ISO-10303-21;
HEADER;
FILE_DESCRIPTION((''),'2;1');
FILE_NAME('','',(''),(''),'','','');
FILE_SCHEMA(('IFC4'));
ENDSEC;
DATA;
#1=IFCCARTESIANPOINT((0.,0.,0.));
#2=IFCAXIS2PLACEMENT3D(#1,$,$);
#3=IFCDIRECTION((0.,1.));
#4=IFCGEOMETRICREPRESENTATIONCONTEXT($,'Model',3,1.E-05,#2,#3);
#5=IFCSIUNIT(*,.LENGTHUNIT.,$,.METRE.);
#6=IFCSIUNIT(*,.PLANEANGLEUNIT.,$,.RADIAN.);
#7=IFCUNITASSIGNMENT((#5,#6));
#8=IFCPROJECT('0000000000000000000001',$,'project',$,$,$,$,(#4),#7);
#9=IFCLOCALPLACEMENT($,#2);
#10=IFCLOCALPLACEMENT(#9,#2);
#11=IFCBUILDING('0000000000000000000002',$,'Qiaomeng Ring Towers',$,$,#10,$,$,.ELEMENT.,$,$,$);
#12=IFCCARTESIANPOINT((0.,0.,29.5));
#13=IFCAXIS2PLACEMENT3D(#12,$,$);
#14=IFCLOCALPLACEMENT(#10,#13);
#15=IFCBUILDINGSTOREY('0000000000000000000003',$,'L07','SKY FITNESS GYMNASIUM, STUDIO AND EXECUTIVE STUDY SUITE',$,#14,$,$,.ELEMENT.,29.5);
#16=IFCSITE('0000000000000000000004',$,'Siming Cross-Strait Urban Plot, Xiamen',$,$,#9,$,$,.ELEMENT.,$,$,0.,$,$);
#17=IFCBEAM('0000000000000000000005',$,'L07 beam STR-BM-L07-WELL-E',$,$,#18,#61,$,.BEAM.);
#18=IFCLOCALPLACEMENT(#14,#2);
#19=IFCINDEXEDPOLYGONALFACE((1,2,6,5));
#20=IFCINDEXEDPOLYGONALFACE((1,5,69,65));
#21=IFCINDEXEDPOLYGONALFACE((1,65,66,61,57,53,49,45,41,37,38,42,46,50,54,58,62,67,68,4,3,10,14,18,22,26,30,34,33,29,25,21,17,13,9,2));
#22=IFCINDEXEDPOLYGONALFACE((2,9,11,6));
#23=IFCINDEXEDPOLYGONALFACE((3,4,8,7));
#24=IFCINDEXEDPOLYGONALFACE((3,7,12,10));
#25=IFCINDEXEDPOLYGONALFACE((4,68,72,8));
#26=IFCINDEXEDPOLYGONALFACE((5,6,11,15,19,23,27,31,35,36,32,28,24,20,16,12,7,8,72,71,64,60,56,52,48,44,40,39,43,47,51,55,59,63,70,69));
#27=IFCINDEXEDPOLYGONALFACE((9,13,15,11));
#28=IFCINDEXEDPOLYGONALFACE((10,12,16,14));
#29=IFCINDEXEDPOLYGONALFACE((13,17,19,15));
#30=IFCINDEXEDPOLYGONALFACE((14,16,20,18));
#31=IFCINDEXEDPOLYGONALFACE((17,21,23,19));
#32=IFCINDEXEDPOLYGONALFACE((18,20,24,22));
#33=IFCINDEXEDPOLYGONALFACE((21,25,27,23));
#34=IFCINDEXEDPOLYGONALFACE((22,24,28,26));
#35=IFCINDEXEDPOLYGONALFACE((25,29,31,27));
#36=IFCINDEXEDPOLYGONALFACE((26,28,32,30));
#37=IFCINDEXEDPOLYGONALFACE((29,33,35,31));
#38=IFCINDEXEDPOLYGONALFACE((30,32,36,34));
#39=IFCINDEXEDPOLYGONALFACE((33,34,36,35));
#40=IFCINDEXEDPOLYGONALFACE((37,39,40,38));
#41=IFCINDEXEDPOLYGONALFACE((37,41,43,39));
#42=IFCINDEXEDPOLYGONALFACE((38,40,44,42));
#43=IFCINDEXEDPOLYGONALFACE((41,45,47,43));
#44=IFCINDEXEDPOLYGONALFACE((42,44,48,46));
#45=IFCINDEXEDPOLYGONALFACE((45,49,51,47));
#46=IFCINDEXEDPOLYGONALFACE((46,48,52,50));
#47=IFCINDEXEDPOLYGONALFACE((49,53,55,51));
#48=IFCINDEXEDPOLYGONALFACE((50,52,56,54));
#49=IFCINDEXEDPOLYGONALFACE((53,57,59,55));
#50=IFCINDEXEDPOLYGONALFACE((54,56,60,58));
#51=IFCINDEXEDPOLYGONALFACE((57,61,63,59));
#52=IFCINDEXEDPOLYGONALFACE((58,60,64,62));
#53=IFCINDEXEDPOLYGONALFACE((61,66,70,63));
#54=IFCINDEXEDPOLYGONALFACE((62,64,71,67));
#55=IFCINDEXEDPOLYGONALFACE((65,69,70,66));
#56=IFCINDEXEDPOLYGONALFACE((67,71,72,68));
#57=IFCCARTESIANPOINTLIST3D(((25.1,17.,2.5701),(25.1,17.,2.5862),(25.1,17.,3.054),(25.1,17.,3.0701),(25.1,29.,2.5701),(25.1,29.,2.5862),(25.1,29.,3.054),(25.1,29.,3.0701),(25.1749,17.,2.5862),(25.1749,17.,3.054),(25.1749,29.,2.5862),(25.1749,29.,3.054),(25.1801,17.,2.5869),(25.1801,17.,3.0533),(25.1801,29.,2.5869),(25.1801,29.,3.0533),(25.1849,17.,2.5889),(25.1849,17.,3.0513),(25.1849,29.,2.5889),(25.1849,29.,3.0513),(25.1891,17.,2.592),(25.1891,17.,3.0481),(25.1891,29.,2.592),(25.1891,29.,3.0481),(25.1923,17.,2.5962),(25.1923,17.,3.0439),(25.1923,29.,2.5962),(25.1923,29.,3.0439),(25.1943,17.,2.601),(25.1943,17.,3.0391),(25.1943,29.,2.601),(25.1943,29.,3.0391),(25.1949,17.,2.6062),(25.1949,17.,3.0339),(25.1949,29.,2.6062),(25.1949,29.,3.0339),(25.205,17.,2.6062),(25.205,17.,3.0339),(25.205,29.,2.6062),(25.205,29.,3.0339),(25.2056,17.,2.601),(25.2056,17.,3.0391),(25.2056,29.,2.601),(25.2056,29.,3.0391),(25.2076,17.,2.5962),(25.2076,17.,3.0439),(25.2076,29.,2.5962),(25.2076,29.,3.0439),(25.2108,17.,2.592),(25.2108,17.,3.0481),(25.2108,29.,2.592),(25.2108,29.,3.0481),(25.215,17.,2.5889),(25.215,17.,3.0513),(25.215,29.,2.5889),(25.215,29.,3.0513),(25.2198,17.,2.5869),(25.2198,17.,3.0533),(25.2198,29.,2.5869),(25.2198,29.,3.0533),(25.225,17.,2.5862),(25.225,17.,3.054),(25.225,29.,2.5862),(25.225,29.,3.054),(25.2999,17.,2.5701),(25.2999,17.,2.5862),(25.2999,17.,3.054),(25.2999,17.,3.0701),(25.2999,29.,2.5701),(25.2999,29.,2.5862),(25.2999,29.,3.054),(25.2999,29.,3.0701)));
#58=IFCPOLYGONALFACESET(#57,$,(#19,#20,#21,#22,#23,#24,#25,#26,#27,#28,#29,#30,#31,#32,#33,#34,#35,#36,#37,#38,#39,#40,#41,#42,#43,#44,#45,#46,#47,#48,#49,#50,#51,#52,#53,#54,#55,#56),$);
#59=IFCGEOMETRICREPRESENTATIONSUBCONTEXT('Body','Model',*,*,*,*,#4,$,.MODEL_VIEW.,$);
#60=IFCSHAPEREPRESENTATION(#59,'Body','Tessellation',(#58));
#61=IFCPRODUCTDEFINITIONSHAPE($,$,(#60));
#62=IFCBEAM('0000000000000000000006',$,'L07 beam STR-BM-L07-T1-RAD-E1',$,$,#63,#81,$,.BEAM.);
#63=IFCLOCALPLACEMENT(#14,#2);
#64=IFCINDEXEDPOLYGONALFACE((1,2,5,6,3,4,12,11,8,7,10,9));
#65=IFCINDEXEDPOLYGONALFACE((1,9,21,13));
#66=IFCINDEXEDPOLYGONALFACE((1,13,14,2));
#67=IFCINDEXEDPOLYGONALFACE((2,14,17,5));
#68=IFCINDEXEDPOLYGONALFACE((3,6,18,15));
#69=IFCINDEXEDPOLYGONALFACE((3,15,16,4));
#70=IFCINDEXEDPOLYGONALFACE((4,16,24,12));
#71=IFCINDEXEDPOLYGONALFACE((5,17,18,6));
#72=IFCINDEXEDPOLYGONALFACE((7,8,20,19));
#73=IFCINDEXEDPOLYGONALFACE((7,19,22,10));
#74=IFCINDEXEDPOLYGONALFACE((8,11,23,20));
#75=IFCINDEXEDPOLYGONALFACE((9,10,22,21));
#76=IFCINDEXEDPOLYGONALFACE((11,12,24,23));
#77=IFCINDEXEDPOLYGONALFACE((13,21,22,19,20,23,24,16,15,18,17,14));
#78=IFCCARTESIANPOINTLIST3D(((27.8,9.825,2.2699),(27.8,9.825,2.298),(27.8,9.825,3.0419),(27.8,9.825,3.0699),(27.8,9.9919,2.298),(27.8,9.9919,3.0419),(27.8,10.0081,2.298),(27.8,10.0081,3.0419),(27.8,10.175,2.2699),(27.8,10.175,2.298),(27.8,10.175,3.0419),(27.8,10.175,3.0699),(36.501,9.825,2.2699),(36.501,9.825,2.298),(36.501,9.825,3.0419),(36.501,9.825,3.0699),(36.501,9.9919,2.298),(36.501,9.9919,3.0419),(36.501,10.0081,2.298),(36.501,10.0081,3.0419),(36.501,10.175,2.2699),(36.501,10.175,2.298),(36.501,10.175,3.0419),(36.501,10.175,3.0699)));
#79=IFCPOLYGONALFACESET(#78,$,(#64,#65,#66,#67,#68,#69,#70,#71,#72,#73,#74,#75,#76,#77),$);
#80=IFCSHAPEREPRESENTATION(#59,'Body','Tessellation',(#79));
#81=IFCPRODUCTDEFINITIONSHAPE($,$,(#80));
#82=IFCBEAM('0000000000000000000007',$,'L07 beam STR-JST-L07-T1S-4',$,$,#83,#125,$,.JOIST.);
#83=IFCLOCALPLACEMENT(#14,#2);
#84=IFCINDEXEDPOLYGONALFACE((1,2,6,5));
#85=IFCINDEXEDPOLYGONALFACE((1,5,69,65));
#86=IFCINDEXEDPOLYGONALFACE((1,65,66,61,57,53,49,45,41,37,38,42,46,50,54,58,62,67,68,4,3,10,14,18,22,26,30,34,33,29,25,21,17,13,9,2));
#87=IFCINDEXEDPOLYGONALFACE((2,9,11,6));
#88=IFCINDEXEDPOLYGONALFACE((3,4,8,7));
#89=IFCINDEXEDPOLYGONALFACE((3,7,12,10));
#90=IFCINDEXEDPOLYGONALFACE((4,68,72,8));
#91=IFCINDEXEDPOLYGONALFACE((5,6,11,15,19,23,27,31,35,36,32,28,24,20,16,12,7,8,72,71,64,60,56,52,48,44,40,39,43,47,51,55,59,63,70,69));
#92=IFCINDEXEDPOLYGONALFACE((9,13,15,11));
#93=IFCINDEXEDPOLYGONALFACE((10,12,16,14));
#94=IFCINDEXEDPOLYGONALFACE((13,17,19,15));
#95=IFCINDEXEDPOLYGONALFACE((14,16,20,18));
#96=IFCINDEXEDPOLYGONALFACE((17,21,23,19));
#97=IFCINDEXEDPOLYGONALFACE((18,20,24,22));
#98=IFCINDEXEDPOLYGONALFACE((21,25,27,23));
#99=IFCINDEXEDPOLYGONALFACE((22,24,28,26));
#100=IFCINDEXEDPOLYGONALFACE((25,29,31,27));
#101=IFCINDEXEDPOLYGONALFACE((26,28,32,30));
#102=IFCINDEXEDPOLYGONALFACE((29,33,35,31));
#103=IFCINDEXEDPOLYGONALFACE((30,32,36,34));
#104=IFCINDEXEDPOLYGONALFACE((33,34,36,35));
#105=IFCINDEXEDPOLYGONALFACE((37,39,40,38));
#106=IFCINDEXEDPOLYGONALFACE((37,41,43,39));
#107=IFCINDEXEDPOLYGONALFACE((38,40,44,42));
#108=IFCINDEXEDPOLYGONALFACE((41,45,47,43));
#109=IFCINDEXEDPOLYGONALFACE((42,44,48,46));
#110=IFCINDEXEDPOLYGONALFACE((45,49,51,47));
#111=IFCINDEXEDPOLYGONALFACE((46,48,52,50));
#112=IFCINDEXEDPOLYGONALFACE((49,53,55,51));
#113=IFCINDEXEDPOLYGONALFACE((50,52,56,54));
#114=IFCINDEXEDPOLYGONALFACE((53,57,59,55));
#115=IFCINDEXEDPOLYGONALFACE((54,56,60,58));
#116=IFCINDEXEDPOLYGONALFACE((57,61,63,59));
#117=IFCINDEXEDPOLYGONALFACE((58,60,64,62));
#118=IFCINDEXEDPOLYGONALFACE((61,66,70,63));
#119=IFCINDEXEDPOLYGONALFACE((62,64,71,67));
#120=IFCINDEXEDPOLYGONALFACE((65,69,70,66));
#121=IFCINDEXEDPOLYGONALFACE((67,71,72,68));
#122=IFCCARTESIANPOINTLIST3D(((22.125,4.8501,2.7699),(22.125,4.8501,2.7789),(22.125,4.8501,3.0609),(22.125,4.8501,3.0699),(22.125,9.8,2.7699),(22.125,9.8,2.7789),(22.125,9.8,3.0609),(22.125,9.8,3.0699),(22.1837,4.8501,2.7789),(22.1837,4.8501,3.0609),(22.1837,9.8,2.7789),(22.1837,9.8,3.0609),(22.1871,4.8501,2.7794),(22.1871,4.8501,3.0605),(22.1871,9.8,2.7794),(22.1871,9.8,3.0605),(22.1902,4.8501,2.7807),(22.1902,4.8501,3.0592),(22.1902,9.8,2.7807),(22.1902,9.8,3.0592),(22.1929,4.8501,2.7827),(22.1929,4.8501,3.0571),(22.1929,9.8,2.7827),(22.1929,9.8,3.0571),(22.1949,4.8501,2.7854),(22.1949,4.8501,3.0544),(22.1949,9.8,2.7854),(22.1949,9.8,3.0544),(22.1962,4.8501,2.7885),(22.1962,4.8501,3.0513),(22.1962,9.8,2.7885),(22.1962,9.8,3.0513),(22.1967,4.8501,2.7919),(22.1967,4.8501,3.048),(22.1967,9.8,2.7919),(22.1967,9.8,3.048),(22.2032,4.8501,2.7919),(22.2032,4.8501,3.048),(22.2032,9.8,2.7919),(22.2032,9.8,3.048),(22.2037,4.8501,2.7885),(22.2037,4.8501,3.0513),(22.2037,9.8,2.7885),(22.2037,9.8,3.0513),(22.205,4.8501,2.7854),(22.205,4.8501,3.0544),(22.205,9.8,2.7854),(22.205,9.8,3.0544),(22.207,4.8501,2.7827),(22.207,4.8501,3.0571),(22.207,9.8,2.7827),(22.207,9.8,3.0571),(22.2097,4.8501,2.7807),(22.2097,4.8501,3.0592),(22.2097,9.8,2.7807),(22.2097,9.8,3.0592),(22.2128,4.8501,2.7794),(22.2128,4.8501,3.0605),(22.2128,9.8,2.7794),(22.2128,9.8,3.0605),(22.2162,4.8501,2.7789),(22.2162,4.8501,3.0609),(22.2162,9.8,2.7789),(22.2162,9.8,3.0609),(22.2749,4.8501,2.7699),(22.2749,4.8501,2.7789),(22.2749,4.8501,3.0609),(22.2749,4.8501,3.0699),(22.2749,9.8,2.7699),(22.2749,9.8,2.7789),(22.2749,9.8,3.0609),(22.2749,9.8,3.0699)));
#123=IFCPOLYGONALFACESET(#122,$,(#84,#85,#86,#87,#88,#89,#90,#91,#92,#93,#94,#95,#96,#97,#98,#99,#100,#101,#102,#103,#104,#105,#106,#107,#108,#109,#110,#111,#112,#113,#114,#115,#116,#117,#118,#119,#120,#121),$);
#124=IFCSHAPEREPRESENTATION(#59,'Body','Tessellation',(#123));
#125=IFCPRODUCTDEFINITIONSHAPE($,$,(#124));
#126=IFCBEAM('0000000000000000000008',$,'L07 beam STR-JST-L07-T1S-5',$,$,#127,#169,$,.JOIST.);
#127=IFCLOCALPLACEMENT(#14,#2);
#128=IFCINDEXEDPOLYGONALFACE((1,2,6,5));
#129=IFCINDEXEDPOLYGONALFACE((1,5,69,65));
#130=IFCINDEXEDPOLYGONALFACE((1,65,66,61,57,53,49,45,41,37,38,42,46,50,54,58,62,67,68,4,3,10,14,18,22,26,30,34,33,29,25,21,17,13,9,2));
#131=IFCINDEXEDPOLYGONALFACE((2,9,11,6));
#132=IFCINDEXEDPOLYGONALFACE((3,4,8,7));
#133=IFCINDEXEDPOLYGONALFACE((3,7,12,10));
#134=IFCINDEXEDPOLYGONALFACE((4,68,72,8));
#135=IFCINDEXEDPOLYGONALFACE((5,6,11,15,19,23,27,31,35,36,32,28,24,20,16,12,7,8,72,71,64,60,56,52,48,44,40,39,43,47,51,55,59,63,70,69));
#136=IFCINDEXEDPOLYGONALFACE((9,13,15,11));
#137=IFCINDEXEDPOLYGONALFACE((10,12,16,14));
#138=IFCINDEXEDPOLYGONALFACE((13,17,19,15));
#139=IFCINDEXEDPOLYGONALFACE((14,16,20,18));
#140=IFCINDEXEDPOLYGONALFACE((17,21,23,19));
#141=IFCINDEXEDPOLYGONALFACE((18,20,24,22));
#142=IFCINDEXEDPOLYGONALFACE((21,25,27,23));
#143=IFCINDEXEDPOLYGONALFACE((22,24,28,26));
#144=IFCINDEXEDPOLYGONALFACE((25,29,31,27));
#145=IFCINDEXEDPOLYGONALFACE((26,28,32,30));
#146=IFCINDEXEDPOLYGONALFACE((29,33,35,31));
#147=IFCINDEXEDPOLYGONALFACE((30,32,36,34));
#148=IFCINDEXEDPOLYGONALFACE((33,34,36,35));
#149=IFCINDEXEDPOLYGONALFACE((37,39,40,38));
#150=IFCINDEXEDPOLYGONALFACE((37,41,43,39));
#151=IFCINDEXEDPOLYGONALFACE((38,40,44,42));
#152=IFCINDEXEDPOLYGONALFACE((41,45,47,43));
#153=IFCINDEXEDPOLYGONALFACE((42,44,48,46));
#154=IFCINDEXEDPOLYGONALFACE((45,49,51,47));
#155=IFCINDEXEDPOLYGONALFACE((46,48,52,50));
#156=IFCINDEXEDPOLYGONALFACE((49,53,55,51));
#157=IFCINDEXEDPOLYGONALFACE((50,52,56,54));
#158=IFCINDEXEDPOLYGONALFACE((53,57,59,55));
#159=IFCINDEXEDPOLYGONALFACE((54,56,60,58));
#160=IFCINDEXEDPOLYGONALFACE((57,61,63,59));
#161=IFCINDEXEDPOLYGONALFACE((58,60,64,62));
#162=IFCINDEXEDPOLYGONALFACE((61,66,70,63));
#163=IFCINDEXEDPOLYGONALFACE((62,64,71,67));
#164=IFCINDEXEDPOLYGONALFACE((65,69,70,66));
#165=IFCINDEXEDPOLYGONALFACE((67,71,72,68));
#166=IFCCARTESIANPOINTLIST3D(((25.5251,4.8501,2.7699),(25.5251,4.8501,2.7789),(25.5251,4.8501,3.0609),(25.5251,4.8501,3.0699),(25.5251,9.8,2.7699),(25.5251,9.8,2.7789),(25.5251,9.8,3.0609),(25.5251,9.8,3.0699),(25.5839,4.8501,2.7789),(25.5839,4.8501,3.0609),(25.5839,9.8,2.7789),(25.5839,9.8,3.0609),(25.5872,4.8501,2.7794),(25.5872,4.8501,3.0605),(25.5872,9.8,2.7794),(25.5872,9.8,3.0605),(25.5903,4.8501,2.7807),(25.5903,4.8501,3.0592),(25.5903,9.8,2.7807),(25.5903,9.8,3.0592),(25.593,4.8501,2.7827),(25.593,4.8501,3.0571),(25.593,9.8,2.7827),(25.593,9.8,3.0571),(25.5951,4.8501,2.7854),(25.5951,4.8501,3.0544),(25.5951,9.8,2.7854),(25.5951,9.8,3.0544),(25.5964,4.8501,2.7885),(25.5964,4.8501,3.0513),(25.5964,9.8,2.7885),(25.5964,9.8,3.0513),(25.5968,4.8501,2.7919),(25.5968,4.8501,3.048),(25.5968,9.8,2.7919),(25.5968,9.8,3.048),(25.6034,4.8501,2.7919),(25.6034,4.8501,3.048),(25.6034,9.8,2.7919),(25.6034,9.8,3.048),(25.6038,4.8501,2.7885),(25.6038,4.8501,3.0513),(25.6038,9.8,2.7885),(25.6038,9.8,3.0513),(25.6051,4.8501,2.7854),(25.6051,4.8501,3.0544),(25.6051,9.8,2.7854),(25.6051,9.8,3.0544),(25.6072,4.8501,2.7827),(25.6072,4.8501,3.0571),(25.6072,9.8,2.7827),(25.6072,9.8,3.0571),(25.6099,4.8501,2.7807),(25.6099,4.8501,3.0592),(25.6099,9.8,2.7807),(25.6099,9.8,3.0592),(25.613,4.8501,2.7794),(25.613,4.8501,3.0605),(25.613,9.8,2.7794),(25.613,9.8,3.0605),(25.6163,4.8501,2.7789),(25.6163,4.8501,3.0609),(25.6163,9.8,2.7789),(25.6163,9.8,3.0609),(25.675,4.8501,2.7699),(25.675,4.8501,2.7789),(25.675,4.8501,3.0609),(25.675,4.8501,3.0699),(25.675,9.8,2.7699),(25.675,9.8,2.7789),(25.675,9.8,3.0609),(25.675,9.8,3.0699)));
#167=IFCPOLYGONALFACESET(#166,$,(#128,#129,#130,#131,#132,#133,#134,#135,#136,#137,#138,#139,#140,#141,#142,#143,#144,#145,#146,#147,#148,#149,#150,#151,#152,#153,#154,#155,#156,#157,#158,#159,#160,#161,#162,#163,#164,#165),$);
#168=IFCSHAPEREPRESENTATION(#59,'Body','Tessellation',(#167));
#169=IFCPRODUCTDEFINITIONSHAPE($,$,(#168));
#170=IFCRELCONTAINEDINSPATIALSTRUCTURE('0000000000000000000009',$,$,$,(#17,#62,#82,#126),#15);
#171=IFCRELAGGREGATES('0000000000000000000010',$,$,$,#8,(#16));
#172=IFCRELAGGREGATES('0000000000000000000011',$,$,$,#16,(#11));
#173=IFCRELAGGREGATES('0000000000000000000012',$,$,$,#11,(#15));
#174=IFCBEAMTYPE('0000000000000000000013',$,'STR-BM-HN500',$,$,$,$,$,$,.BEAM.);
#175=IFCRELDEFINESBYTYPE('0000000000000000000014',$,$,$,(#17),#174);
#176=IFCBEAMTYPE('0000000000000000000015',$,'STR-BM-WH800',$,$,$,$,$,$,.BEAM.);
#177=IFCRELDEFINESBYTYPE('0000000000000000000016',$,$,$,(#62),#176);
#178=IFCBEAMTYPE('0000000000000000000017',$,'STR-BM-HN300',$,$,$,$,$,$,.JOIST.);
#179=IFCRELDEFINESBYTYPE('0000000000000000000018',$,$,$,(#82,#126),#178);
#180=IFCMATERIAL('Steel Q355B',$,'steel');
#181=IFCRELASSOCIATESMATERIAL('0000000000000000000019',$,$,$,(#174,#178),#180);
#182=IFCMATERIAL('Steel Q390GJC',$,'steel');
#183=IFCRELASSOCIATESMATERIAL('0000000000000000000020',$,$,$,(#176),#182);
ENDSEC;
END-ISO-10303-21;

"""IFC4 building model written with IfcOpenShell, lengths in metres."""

from ifc_helpers import new_model, si_unit, direction, frame, origin, origin_2d, place, context, subcontext, project, spatial, i_section, extrude, source, transform, mapped, material, material_profile, profile_set, type_object, element, save


model = new_model("IFC4")

# Units and contexts
model_context = context("Model", 3, precision=1e-05, world=origin(), true_north=direction((0.0, 1.0)))
body_context = subcontext(model_context, "Body", "Model", "MODEL_VIEW")
ifc_project = project(units=[si_unit("LENGTHUNIT", "METRE"), si_unit("PLANEANGLEUNIT", "RADIAN")], contexts=[model_context])

# Site, building, storey
site_placement = place(None, origin())
site = spatial("IfcSite", under=ifc_project, at=site_placement, Name="Siming Cross-Strait Urban Plot, Xiamen", CompositionType="ELEMENT", RefElevation=0.0)
building_placement = place(site_placement, origin())
building = spatial("IfcBuilding", under=site, at=building_placement, Name="Qiaomeng Ring Towers", CompositionType="ELEMENT")
storey_placement = place(building_placement, frame((0.0, 0.0, 29.5)))
storey = spatial("IfcBuildingStorey", under=building, at=storey_placement, Name="L07", Description="SKY FITNESS GYMNASIUM, STUDIO AND EXECUTIVE STUDY SUITE", CompositionType="ELEMENT", Elevation=29.5)

# Beams
ifc_material_1 = material(Name="Steel Q355B", Category="steel")
ifc_material_profile_1 = material_profile(ifc_material_1, i_section(OverallWidth=0.2, OverallDepth=0.5, WebThickness=0.01, FlangeThickness=0.0161, FilletRadius=0.02, at=origin_2d()), Name="HN 500x200x10x16")
ifc_profile_set_1 = profile_set([ifc_material_profile_1], Name="Steel Q355B")
beam_type_1 = type_object("IfcBeamType", Name="STR-BM-HN500", PredefinedType="BEAM", material=ifc_profile_set_1)
shared_shape_1 = source(origin(), body_context, "Body", "SweptSolid", [
    extrude(i_section(OverallWidth=0.2, OverallDepth=0.5, WebThickness=0.01, FlangeThickness=0.0161, FilletRadius=0.02, at=origin_2d()), origin(), (0.0, 0.0, 1.0), 12.0),
])
beam_1_placement = place(storey_placement, frame((25.2, 17.0, 2.8201), z_axis=(0.0, 1.0, 0.0), x_axis=(-1.0, 0.0, 0.0)))
element("IfcBeam", 1, at=beam_1_placement, inside=storey, type_object=beam_type_1, Name="L07 beam STR-BM-L07-WELL-E", PredefinedType="BEAM", context=body_context, shape_type="MappedRepresentation", body=[
    mapped(shared_shape_1, transform((0.0, 0.0, 0.0), x_axis=(1.0, 0.0, 0.0), y_axis=(0.0, 1.0, 0.0), z_axis=(0.0, 0.0, 1.0), scale=1.0)),
])
ifc_material_2 = material(Name="Steel Q390GJC", Category="steel")
ifc_material_profile_2 = material_profile(ifc_material_2, i_section(OverallWidth=0.3501, OverallDepth=0.8, WebThickness=0.0161, FlangeThickness=0.0281, at=origin_2d()), Name="WH 800x350x16x28")
ifc_profile_set_2 = profile_set([ifc_material_profile_2], Name="Steel Q390GJC")
beam_type_2 = type_object("IfcBeamType", Name="STR-BM-WH800", PredefinedType="BEAM", material=ifc_profile_set_2)
shared_shape_2 = source(origin(), body_context, "Body", "SweptSolid", [
    extrude(i_section(OverallWidth=0.3501, OverallDepth=0.8, WebThickness=0.0161, FlangeThickness=0.0281, at=origin_2d()), origin(), (0.0, 0.0, 1.0), 8.7009),
])
beam_2_placement = place(storey_placement, frame((27.8, 10.0, 2.6699), z_axis=(1.0, 0.0, 0.0), x_axis=(0.0, 1.0, 0.0)))
element("IfcBeam", 2, at=beam_2_placement, inside=storey, type_object=beam_type_2, Name="L07 beam STR-BM-L07-T1-RAD-E1", PredefinedType="BEAM", context=body_context, shape_type="MappedRepresentation", body=[
    mapped(shared_shape_2, transform((0.0, 0.0, 0.0), x_axis=(1.0, 0.0, 0.0), y_axis=(0.0, 1.0, 0.0), z_axis=(0.0, 0.0, 1.0), scale=1.0)),
])
ifc_material_profile_3 = material_profile(ifc_material_1, i_section(OverallWidth=0.1499, OverallDepth=0.3, WebThickness=0.0066, FlangeThickness=0.009, FilletRadius=0.0129, at=origin_2d()), Name="HN 300x150x6.5x9")
ifc_profile_set_3 = profile_set([ifc_material_profile_3], Name="Steel Q355B")
beam_type_3 = type_object("IfcBeamType", Name="STR-BM-HN300", PredefinedType="JOIST", material=ifc_profile_set_3)
shared_shape_3 = source(origin(), body_context, "Body", "SweptSolid", [
    extrude(i_section(OverallWidth=0.1499, OverallDepth=0.3, WebThickness=0.0066, FlangeThickness=0.009, FilletRadius=0.0129, at=origin_2d()), origin(), (0.0, 0.0, 1.0), 4.95),
])
for number, where, z_axis, x_axis, name in (
    (3, (22.2, 4.8501, 2.9199), (0.0, 1.0, 0.0), (-1.0, 0.0, 0.0), "L07 beam STR-JST-L07-T1S-4"),
    (4, (25.6001, 4.8501, 2.9199), (0.0, 1.0, 0.0), (-1.0, 0.0, 0.0), "L07 beam STR-JST-L07-T1S-5"),
):
    element("IfcBeam", number, at=place(storey_placement, frame(where, z_axis=z_axis, x_axis=x_axis)), inside=storey, type_object=beam_type_3, Name=name, PredefinedType="JOIST", context=body_context, shape_type="MappedRepresentation", body=[
        mapped(shared_shape_3, transform((0.0, 0.0, 0.0), x_axis=(1.0, 0.0, 0.0), y_axis=(0.0, 1.0, 0.0), z_axis=(0.0, 0.0, 1.0), scale=1.0)),
    ])

save(model, "model.ifc")
